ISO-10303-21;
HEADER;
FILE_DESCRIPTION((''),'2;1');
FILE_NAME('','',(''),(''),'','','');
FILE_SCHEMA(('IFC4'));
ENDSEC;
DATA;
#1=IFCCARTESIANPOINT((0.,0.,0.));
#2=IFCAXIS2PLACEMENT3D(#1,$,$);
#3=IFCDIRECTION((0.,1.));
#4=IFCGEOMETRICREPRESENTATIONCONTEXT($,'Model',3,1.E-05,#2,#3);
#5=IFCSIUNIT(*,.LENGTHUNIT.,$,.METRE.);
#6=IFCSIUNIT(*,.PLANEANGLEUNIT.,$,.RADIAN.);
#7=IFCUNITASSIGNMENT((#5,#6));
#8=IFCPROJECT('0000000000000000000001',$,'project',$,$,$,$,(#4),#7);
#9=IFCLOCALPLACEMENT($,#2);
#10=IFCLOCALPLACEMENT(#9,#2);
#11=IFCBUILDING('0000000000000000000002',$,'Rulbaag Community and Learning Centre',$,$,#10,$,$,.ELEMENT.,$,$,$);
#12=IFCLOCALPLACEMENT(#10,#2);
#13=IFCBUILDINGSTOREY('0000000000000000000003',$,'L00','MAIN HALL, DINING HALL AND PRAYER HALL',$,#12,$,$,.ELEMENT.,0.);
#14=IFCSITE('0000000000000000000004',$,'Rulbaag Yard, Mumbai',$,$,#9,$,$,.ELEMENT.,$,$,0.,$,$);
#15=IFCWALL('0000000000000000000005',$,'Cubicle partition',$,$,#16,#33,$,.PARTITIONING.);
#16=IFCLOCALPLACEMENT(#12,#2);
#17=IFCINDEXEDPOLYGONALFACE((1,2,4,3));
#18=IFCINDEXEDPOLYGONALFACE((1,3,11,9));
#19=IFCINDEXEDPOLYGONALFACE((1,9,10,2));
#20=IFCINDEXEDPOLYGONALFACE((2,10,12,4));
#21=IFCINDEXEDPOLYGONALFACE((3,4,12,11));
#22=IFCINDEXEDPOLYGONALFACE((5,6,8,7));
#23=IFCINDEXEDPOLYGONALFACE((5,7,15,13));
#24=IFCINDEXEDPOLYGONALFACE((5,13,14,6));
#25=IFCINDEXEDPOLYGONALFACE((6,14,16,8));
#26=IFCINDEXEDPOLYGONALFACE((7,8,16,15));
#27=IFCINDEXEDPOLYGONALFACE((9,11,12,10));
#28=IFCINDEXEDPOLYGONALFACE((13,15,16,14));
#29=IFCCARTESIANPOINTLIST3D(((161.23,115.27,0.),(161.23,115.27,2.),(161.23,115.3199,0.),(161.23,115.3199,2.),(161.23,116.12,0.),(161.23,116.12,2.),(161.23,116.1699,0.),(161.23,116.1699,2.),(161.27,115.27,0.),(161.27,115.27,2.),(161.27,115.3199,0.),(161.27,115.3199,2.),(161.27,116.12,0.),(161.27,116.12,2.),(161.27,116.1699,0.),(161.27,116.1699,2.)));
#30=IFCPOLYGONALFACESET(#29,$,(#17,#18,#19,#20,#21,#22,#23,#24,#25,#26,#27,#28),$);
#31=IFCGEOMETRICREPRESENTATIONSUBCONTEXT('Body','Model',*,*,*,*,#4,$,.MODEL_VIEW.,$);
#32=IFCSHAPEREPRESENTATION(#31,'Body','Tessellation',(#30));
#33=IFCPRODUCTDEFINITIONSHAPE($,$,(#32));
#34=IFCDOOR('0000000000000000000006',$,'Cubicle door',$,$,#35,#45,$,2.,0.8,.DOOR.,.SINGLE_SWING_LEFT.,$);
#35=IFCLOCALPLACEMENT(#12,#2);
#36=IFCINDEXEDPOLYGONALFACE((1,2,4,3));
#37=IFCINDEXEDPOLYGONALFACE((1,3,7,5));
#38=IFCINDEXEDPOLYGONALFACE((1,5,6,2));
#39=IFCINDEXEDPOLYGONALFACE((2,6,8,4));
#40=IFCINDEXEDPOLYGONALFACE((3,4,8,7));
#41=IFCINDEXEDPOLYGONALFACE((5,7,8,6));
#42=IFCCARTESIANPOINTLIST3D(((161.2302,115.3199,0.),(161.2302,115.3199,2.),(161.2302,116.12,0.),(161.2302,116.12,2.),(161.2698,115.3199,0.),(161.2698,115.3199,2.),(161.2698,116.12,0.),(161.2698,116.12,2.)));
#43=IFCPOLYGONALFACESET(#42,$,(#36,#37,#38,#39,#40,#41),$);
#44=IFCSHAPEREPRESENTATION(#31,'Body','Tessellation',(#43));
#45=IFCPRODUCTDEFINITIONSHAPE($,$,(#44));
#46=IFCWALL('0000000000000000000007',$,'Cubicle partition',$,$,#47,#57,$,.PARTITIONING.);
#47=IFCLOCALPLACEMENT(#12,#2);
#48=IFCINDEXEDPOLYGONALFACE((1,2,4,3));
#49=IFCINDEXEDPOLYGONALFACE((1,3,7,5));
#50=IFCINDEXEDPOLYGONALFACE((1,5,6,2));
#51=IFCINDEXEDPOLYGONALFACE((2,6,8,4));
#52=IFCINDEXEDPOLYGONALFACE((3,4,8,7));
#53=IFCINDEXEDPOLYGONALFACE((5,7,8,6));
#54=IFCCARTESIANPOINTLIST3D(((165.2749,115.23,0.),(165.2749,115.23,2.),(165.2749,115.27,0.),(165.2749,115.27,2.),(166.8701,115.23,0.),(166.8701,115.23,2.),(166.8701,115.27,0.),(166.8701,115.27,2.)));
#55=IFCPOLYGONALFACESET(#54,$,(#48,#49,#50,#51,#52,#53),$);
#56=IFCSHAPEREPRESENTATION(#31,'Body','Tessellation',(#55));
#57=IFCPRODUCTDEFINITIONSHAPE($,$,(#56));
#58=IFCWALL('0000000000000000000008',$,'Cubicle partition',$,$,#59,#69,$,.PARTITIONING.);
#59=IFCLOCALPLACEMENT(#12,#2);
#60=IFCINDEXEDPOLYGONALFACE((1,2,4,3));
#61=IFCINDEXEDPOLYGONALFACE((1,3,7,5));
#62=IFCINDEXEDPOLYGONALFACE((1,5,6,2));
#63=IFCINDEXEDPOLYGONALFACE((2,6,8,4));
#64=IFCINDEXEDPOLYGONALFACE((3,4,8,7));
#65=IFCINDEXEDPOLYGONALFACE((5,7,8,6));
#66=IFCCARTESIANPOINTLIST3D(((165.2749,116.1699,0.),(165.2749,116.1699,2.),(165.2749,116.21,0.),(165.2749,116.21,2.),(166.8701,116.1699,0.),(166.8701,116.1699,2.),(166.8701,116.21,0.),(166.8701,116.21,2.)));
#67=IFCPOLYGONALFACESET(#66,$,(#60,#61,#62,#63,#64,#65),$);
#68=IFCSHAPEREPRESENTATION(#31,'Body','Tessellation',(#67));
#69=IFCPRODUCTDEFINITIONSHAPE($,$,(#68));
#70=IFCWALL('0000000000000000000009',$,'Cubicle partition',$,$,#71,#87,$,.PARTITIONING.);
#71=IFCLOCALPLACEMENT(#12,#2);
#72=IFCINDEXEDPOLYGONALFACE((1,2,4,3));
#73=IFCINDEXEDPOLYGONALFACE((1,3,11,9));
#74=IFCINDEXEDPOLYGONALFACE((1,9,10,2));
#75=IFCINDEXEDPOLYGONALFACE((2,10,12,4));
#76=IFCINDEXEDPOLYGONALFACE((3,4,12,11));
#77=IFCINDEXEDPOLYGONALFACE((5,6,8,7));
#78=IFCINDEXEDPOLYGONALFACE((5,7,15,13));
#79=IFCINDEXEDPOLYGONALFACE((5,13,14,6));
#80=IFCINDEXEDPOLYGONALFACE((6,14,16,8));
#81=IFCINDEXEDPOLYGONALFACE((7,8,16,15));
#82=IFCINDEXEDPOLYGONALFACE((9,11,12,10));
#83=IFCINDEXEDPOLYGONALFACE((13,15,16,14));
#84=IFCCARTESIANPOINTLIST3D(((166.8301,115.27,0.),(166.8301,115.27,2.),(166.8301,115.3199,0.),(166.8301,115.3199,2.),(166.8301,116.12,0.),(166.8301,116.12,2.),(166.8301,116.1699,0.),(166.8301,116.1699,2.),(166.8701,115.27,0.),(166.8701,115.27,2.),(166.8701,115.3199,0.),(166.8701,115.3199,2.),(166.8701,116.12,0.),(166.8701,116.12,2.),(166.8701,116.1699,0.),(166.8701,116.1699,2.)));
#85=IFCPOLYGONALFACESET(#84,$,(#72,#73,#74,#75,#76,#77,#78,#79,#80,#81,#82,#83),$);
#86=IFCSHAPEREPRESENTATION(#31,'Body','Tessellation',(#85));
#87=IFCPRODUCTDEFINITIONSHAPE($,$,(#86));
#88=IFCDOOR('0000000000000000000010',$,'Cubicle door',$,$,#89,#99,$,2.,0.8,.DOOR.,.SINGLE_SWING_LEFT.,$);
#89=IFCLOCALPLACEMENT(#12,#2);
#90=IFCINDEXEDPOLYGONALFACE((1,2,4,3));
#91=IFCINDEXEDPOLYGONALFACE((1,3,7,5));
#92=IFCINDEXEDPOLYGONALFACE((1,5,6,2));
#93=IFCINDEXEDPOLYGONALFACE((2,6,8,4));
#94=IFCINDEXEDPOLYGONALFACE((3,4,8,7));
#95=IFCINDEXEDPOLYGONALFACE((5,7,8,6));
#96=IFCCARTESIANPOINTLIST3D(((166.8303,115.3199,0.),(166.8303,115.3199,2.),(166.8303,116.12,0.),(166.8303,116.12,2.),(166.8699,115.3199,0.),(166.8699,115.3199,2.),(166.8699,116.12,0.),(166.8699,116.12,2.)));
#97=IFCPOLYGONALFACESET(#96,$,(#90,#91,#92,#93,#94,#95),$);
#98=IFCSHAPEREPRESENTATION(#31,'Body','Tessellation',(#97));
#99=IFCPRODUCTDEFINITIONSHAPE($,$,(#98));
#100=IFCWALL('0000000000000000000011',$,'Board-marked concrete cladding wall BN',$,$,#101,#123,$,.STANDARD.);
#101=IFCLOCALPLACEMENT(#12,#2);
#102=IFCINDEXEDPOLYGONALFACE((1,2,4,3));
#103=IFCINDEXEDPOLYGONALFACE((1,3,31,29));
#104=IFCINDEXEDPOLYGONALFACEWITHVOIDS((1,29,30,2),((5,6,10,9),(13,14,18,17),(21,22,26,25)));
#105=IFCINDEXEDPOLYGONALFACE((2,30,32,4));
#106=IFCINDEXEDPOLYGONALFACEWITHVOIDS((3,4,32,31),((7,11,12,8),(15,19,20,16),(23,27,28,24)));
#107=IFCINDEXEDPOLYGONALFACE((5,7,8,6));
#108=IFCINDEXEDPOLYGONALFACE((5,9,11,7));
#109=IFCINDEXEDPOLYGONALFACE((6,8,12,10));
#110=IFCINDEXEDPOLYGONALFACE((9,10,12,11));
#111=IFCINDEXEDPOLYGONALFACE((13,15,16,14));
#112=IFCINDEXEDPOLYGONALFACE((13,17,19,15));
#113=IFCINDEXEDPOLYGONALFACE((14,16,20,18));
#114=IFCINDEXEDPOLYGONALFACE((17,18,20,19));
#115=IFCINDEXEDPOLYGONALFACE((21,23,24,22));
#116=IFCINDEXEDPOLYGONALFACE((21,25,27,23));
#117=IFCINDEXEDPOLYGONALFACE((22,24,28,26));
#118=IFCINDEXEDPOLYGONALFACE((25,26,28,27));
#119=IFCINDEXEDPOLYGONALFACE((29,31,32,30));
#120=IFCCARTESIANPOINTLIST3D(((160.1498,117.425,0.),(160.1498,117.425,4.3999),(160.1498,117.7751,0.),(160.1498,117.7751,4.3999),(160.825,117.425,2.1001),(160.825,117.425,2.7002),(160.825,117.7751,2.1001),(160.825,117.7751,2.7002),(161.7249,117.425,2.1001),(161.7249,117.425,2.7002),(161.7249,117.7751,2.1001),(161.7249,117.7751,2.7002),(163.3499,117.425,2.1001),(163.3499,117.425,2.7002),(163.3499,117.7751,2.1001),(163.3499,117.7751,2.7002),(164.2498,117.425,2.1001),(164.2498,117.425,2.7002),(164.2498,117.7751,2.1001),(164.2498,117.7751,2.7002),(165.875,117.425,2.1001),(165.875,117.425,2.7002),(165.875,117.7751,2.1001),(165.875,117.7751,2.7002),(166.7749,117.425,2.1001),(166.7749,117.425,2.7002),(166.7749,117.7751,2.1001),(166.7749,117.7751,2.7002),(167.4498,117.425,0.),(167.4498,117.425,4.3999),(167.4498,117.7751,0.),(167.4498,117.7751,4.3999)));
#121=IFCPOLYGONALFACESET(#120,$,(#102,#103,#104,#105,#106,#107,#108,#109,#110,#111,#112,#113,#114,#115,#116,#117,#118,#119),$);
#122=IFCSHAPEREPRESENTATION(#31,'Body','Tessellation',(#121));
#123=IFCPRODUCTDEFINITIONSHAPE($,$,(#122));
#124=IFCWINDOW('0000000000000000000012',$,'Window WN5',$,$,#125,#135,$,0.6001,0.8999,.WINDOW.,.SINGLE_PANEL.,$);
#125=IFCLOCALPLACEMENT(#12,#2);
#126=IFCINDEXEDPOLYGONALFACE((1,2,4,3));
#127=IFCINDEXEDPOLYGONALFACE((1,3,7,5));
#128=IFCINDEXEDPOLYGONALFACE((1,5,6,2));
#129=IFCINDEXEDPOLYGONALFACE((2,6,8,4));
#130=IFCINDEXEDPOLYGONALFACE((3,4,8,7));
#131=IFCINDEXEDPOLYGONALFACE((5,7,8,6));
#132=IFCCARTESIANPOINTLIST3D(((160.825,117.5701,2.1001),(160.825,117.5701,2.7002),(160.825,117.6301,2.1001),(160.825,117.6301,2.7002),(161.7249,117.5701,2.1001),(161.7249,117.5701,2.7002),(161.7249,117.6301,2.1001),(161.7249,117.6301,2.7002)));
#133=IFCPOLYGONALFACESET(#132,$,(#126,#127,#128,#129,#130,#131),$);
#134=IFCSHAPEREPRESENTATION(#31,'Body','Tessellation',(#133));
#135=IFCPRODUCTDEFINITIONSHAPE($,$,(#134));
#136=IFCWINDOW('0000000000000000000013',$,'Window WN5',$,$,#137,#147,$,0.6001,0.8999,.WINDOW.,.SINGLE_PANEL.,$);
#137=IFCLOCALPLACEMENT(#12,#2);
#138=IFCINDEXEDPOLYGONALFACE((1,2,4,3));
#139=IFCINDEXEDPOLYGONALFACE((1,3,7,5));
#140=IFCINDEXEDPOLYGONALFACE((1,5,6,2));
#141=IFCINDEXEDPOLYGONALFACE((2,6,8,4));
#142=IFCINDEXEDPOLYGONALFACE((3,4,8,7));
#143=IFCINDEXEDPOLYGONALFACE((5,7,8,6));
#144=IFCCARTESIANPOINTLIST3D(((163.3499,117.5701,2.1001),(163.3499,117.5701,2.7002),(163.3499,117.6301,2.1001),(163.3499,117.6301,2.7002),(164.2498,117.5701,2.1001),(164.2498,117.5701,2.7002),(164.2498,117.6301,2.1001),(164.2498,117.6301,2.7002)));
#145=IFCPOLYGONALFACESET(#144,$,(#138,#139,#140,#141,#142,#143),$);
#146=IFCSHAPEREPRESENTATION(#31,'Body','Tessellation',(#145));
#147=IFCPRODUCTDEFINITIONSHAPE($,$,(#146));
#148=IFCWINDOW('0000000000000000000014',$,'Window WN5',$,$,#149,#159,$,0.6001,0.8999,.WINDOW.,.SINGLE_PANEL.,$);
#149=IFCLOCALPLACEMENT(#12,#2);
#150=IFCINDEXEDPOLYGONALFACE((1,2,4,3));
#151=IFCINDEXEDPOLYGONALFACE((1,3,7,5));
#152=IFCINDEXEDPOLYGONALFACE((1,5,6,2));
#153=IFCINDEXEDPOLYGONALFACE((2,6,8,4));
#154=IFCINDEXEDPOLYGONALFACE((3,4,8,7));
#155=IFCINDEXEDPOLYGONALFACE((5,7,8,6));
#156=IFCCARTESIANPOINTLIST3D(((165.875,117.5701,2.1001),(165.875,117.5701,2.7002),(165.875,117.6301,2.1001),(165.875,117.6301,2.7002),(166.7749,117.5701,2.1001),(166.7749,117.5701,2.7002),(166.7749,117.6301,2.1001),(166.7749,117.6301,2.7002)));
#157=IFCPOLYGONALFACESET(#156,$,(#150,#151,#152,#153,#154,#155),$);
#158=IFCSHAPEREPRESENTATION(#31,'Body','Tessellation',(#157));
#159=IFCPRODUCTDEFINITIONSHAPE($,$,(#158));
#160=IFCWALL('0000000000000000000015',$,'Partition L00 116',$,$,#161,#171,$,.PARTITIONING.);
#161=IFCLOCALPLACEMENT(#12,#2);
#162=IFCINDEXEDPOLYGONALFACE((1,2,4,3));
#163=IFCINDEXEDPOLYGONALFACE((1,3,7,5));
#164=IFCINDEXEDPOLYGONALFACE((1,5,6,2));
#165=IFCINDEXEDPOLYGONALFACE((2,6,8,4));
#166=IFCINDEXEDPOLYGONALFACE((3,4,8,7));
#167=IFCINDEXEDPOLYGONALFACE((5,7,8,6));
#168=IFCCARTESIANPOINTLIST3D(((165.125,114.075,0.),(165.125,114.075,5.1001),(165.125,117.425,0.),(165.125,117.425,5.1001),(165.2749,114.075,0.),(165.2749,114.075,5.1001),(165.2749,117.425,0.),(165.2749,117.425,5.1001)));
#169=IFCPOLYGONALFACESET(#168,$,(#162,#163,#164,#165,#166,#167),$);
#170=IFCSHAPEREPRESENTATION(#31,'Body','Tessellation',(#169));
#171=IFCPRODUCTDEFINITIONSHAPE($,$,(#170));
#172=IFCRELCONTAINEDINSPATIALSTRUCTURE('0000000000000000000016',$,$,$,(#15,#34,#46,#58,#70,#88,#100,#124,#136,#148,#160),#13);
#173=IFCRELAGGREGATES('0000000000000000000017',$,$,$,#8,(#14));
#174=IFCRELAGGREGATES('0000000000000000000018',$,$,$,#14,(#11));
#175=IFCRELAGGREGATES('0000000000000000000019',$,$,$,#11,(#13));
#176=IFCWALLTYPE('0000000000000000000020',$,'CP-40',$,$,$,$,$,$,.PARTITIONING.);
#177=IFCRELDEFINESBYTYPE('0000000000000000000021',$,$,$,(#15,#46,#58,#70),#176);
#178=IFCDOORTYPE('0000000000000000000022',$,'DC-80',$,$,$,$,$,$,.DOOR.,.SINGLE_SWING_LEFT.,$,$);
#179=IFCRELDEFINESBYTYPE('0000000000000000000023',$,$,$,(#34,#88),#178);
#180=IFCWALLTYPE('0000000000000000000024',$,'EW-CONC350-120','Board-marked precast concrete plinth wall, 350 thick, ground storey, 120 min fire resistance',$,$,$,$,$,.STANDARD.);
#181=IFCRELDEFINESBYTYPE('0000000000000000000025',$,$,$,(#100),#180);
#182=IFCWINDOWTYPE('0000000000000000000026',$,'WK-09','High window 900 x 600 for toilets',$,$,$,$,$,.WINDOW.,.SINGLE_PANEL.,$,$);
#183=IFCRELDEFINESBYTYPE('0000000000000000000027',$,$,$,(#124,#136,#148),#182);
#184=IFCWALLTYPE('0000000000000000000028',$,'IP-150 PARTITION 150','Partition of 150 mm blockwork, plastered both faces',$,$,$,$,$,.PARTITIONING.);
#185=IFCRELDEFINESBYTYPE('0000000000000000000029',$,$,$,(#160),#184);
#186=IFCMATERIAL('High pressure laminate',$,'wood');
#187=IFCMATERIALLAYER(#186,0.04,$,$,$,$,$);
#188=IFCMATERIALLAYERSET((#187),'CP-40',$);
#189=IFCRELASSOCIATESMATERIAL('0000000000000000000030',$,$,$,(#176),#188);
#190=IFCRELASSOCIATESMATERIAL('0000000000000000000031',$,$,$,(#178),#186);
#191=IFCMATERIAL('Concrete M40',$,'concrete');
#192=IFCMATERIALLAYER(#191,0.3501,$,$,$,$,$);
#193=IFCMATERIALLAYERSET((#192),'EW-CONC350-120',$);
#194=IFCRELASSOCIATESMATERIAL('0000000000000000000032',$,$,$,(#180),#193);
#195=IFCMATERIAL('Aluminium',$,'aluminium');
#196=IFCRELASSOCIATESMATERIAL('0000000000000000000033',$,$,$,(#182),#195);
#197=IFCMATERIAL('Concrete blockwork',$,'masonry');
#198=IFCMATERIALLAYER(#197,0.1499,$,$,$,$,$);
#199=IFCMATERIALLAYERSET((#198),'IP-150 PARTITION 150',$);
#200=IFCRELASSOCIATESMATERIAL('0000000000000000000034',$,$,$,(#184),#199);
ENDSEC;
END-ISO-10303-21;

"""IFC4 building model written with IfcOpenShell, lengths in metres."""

from ifc_helpers import new_model, si_unit, direction, frame, frame_2d, origin, place, context, subcontext, project, spatial, rectangle, extrude, material, layer, layer_set, type_object, element, fill, save


model = new_model("IFC4")

# Units and contexts
model_context = context("Model", 3, precision=1e-05, world=origin(), true_north=direction((0.0, 1.0)))
body_context = subcontext(model_context, "Body", "Model", "MODEL_VIEW")
ifc_project = project(units=[si_unit("LENGTHUNIT", "METRE"), si_unit("PLANEANGLEUNIT", "RADIAN")], contexts=[model_context])

# Site, building, storey
site_placement = place(None, origin())
site = spatial("IfcSite", under=ifc_project, at=site_placement, Name="Rulbaag Yard, Mumbai", CompositionType="ELEMENT", RefElevation=0.0)
building_placement = place(site_placement, origin())
building = spatial("IfcBuilding", under=site, at=building_placement, Name="Rulbaag Community and Learning Centre", CompositionType="ELEMENT")
storey_placement = place(building_placement, origin())
storey = spatial("IfcBuildingStorey", under=building, at=storey_placement, Name="L00", Description="MAIN HALL, DINING HALL AND PRAYER HALL", CompositionType="ELEMENT", Elevation=0.0)

# Shared definitions
ifc_material_1 = material(Name="Aluminium", Category="aluminium")

# Shared definitions
ifc_material_2 = material(Name="High pressure laminate", Category="wood")
ifc_layer_1 = layer(ifc_material_2, 0.04)
ifc_layer_set_1 = layer_set([ifc_layer_1], Name="CP-40")
wall_type_1 = type_object("IfcWallType", Name="CP-40", PredefinedType="PARTITIONING", material=ifc_layer_set_1)

# Wall, opening, door
wall_1_placement = place(storey_placement, frame((161.25, 115.27, 0.0), z_axis=(0.0, 0.0, 1.0), x_axis=(0.0, 1.0, 0.0)))
wall_1 = element("IfcWall", 1, at=wall_1_placement, inside=storey, type_object=wall_type_1, Name="Cubicle partition", PredefinedType="PARTITIONING", context=body_context, shape_type="SweptSolid", body=[
    extrude(rectangle(XDim=0.8999, YDim=0.04, at=frame_2d((0.45, 0.0))), origin(), (0.0, 0.0, 1.0), 2.0),
])
opening_1_placement = place(wall_1_placement, frame((0.05, 0.0, 0.0)))
opening_1 = element("IfcOpeningElement", 2, at=opening_1_placement, cuts=wall_1, PredefinedType="OPENING", context=body_context, shape_type="SweptSolid", body=[
    extrude(rectangle(XDim=0.8, YDim=2.0, at=frame_2d((0.3999, 1.0))), frame((0.0, 0.03, 0.0), z_axis=(0.0, -1.0, 0.0), x_axis=(1.0, 0.0, 0.0)), (0.0, 0.0, 1.0), 0.0601),
])
door_type = type_object("IfcDoorType", Name="DC-80", OperationType="SINGLE_SWING_LEFT", PredefinedType="DOOR", material=ifc_material_2)
door_1_placement = place(opening_1_placement, origin())
door_1 = element("IfcDoor", 3, at=door_1_placement, inside=storey, type_object=door_type, Name="Cubicle door", OperationType="SINGLE_SWING_LEFT", OverallHeight=2.0, OverallWidth=0.8, PredefinedType="DOOR", context=body_context, shape_type="SweptSolid", body=[
    extrude(rectangle(XDim=0.8, YDim=2.0, at=frame_2d((0.3999, 1.0))), frame((0.0, 0.0198, 0.0), z_axis=(0.0, -1.0, 0.0), x_axis=(1.0, 0.0, 0.0)), (0.0, 0.0, 1.0), 0.0396),
])
fill(opening_1, door_1)

# Walls
for number, where, z_axis, x_axis, name in (
    (4, (165.2749, 115.25, 0.0), (0.0, 0.0, 1.0), (1.0, 0.0, 0.0), "Cubicle partition"),
    (5, (165.2749, 116.1899, 0.0), (0.0, 0.0, 1.0), (1.0, 0.0, 0.0), "Cubicle partition"),
):
    element("IfcWall", number, at=place(storey_placement, frame(where, z_axis=z_axis, x_axis=x_axis)), inside=storey, type_object=wall_type_1, Name=name, PredefinedType="PARTITIONING", context=body_context, shape_type="SweptSolid", body=[
        extrude(rectangle(XDim=1.5952, YDim=0.04, at=frame_2d((0.7976, 0.0))), origin(), (0.0, 0.0, 1.0), 2.0),
    ])

# Wall, opening, door
wall_2_placement = place(storey_placement, frame((166.8501, 115.27, 0.0), z_axis=(0.0, 0.0, 1.0), x_axis=(0.0, 1.0, 0.0)))
wall_2 = element("IfcWall", 6, at=wall_2_placement, inside=storey, type_object=wall_type_1, Name="Cubicle partition", PredefinedType="PARTITIONING", context=body_context, shape_type="SweptSolid", body=[
    extrude(rectangle(XDim=0.8999, YDim=0.04, at=frame_2d((0.45, 0.0))), origin(), (0.0, 0.0, 1.0), 2.0),
])
opening_2_placement = place(wall_2_placement, frame((0.05, 0.0, 0.0)))
opening_2 = element("IfcOpeningElement", 7, at=opening_2_placement, cuts=wall_2, PredefinedType="OPENING", context=body_context, shape_type="SweptSolid", body=[
    extrude(rectangle(XDim=0.8, YDim=2.0, at=frame_2d((0.3999, 1.0))), frame((0.0, 0.03, 0.0), z_axis=(0.0, -1.0, 0.0), x_axis=(1.0, 0.0, 0.0)), (0.0, 0.0, 1.0), 0.0601),
])
door_2_placement = place(opening_2_placement, origin())
door_2 = element("IfcDoor", 8, at=door_2_placement, inside=storey, type_object=door_type, Name="Cubicle door", OperationType="SINGLE_SWING_LEFT", OverallHeight=2.0, OverallWidth=0.8, PredefinedType="DOOR", context=body_context, shape_type="SweptSolid", body=[
    extrude(rectangle(XDim=0.8, YDim=2.0, at=frame_2d((0.3999, 1.0))), frame((0.0, 0.0198, 0.0), z_axis=(0.0, -1.0, 0.0), x_axis=(1.0, 0.0, 0.0)), (0.0, 0.0, 1.0), 0.0396),
])
fill(opening_2, door_2)

# Wall, openings, windows
ifc_material_3 = material(Name="Concrete M40", Category="concrete")
ifc_layer_2 = layer(ifc_material_3, 0.3501)
ifc_layer_set_2 = layer_set([ifc_layer_2], Name="EW-CONC350-120")
wall_type_2 = type_object("IfcWallType", Name="EW-CONC350-120", Description="Board-marked precast concrete plinth wall, 350 thick, ground storey, 120 min fire resistance", PredefinedType="STANDARD", material=ifc_layer_set_2)
wall_3_placement = place(storey_placement, frame((160.1499, 117.6001, 0.0), z_axis=(0.0, 0.0, 1.0), x_axis=(1.0, 0.0, 0.0)))
wall_3 = element("IfcWall", 9, at=wall_3_placement, inside=storey, type_object=wall_type_2, Name="Board-marked concrete cladding wall BN", PredefinedType="STANDARD", context=body_context, shape_type="SweptSolid", body=[
    extrude(rectangle(XDim=7.3, YDim=0.3501, at=frame_2d((3.6499, 0.0))), origin(), (0.0, 0.0, 1.0), 4.3999),
])
opening_3_placement = place(wall_3_placement, frame((0.675, 0.0, 2.1001)))
opening_3 = element("IfcOpeningElement", 10, at=opening_3_placement, cuts=wall_3, PredefinedType="OPENING", context=body_context, shape_type="SweptSolid", body=[
    extrude(rectangle(XDim=0.8999, YDim=0.6001, at=frame_2d((0.45, 0.3))), frame((0.0, 0.1851, 0.0), z_axis=(0.0, -1.0, 0.0), x_axis=(1.0, 0.0, 0.0)), (0.0, 0.0, 1.0), 0.3701),
])
opening_4_placement = place(wall_3_placement, frame((3.2, 0.0, 2.1001)))
opening_4 = element("IfcOpeningElement", 11, at=opening_4_placement, cuts=wall_3, PredefinedType="OPENING", context=body_context, shape_type="SweptSolid", body=[
    extrude(rectangle(XDim=0.8999, YDim=0.6001, at=frame_2d((0.45, 0.3))), frame((0.0, 0.1851, 0.0), z_axis=(0.0, -1.0, 0.0), x_axis=(1.0, 0.0, 0.0)), (0.0, 0.0, 1.0), 0.3701),
])
opening_5_placement = place(wall_3_placement, frame((5.7251, 0.0, 2.1001)))
opening_5 = element("IfcOpeningElement", 12, at=opening_5_placement, cuts=wall_3, PredefinedType="OPENING", context=body_context, shape_type="SweptSolid", body=[
    extrude(rectangle(XDim=0.8999, YDim=0.6001, at=frame_2d((0.45, 0.3))), frame((0.0, 0.1851, 0.0), z_axis=(0.0, -1.0, 0.0), x_axis=(1.0, 0.0, 0.0)), (0.0, 0.0, 1.0), 0.3701),
])
window_type = type_object("IfcWindowType", Name="WK-09", Description="High window 900 x 600 for toilets", PartitioningType="SINGLE_PANEL", PredefinedType="WINDOW", material=ifc_material_1)
window_1_placement = place(opening_3_placement, origin())
window_1 = element("IfcWindow", 13, at=window_1_placement, inside=storey, type_object=window_type, Name="Window WN5", OverallHeight=0.6001, OverallWidth=0.8999, PartitioningType="SINGLE_PANEL", PredefinedType="WINDOW", context=body_context, shape_type="SweptSolid", body=[
    extrude(rectangle(XDim=0.8999, YDim=0.6001, at=frame_2d((0.45, 0.3))), frame((0.0, 0.03, 0.0), z_axis=(0.0, -1.0, 0.0), x_axis=(1.0, 0.0, 0.0)), (0.0, 0.0, 1.0), 0.0601),
])
fill(opening_3, window_1)
window_2_placement = place(opening_4_placement, origin())
window_2 = element("IfcWindow", 14, at=window_2_placement, inside=storey, type_object=window_type, Name="Window WN5", OverallHeight=0.6001, OverallWidth=0.8999, PartitioningType="SINGLE_PANEL", PredefinedType="WINDOW", context=body_context, shape_type="SweptSolid", body=[
    extrude(rectangle(XDim=0.8999, YDim=0.6001, at=frame_2d((0.45, 0.3))), frame((0.0, 0.03, 0.0), z_axis=(0.0, -1.0, 0.0), x_axis=(1.0, 0.0, 0.0)), (0.0, 0.0, 1.0), 0.0601),
])
fill(opening_4, window_2)
window_3_placement = place(opening_5_placement, origin())
window_3 = element("IfcWindow", 15, at=window_3_placement, inside=storey, type_object=window_type, Name="Window WN5", OverallHeight=0.6001, OverallWidth=0.8999, PartitioningType="SINGLE_PANEL", PredefinedType="WINDOW", context=body_context, shape_type="SweptSolid", body=[
    extrude(rectangle(XDim=0.8999, YDim=0.6001, at=frame_2d((0.45, 0.3))), frame((0.0, 0.03, 0.0), z_axis=(0.0, -1.0, 0.0), x_axis=(1.0, 0.0, 0.0)), (0.0, 0.0, 1.0), 0.0601),
])
fill(opening_5, window_3)

# Wall
ifc_material_4 = material(Name="Concrete blockwork", Category="masonry")
ifc_layer_3 = layer(ifc_material_4, 0.1499)
ifc_layer_set_3 = layer_set([ifc_layer_3], Name="IP-150 PARTITION 150")
wall_type_3 = type_object("IfcWallType", Name="IP-150 PARTITION 150", Description="Partition of 150 mm blockwork, plastered both faces", PredefinedType="PARTITIONING", material=ifc_layer_set_3)
wall_4_placement = place(storey_placement, frame((165.2, 114.075, 0.0), z_axis=(0.0, 0.0, 1.0), x_axis=(0.0, 1.0, 0.0)))
element("IfcWall", 16, at=wall_4_placement, inside=storey, type_object=wall_type_3, Name="Partition L00 116", PredefinedType="PARTITIONING", context=body_context, shape_type="SweptSolid", body=[
    extrude(rectangle(XDim=3.3501, YDim=0.1499, at=frame_2d((1.675, 0.0))), origin(), (0.0, 0.0, 1.0), 5.1001),
])

save(model, "model.ifc")
